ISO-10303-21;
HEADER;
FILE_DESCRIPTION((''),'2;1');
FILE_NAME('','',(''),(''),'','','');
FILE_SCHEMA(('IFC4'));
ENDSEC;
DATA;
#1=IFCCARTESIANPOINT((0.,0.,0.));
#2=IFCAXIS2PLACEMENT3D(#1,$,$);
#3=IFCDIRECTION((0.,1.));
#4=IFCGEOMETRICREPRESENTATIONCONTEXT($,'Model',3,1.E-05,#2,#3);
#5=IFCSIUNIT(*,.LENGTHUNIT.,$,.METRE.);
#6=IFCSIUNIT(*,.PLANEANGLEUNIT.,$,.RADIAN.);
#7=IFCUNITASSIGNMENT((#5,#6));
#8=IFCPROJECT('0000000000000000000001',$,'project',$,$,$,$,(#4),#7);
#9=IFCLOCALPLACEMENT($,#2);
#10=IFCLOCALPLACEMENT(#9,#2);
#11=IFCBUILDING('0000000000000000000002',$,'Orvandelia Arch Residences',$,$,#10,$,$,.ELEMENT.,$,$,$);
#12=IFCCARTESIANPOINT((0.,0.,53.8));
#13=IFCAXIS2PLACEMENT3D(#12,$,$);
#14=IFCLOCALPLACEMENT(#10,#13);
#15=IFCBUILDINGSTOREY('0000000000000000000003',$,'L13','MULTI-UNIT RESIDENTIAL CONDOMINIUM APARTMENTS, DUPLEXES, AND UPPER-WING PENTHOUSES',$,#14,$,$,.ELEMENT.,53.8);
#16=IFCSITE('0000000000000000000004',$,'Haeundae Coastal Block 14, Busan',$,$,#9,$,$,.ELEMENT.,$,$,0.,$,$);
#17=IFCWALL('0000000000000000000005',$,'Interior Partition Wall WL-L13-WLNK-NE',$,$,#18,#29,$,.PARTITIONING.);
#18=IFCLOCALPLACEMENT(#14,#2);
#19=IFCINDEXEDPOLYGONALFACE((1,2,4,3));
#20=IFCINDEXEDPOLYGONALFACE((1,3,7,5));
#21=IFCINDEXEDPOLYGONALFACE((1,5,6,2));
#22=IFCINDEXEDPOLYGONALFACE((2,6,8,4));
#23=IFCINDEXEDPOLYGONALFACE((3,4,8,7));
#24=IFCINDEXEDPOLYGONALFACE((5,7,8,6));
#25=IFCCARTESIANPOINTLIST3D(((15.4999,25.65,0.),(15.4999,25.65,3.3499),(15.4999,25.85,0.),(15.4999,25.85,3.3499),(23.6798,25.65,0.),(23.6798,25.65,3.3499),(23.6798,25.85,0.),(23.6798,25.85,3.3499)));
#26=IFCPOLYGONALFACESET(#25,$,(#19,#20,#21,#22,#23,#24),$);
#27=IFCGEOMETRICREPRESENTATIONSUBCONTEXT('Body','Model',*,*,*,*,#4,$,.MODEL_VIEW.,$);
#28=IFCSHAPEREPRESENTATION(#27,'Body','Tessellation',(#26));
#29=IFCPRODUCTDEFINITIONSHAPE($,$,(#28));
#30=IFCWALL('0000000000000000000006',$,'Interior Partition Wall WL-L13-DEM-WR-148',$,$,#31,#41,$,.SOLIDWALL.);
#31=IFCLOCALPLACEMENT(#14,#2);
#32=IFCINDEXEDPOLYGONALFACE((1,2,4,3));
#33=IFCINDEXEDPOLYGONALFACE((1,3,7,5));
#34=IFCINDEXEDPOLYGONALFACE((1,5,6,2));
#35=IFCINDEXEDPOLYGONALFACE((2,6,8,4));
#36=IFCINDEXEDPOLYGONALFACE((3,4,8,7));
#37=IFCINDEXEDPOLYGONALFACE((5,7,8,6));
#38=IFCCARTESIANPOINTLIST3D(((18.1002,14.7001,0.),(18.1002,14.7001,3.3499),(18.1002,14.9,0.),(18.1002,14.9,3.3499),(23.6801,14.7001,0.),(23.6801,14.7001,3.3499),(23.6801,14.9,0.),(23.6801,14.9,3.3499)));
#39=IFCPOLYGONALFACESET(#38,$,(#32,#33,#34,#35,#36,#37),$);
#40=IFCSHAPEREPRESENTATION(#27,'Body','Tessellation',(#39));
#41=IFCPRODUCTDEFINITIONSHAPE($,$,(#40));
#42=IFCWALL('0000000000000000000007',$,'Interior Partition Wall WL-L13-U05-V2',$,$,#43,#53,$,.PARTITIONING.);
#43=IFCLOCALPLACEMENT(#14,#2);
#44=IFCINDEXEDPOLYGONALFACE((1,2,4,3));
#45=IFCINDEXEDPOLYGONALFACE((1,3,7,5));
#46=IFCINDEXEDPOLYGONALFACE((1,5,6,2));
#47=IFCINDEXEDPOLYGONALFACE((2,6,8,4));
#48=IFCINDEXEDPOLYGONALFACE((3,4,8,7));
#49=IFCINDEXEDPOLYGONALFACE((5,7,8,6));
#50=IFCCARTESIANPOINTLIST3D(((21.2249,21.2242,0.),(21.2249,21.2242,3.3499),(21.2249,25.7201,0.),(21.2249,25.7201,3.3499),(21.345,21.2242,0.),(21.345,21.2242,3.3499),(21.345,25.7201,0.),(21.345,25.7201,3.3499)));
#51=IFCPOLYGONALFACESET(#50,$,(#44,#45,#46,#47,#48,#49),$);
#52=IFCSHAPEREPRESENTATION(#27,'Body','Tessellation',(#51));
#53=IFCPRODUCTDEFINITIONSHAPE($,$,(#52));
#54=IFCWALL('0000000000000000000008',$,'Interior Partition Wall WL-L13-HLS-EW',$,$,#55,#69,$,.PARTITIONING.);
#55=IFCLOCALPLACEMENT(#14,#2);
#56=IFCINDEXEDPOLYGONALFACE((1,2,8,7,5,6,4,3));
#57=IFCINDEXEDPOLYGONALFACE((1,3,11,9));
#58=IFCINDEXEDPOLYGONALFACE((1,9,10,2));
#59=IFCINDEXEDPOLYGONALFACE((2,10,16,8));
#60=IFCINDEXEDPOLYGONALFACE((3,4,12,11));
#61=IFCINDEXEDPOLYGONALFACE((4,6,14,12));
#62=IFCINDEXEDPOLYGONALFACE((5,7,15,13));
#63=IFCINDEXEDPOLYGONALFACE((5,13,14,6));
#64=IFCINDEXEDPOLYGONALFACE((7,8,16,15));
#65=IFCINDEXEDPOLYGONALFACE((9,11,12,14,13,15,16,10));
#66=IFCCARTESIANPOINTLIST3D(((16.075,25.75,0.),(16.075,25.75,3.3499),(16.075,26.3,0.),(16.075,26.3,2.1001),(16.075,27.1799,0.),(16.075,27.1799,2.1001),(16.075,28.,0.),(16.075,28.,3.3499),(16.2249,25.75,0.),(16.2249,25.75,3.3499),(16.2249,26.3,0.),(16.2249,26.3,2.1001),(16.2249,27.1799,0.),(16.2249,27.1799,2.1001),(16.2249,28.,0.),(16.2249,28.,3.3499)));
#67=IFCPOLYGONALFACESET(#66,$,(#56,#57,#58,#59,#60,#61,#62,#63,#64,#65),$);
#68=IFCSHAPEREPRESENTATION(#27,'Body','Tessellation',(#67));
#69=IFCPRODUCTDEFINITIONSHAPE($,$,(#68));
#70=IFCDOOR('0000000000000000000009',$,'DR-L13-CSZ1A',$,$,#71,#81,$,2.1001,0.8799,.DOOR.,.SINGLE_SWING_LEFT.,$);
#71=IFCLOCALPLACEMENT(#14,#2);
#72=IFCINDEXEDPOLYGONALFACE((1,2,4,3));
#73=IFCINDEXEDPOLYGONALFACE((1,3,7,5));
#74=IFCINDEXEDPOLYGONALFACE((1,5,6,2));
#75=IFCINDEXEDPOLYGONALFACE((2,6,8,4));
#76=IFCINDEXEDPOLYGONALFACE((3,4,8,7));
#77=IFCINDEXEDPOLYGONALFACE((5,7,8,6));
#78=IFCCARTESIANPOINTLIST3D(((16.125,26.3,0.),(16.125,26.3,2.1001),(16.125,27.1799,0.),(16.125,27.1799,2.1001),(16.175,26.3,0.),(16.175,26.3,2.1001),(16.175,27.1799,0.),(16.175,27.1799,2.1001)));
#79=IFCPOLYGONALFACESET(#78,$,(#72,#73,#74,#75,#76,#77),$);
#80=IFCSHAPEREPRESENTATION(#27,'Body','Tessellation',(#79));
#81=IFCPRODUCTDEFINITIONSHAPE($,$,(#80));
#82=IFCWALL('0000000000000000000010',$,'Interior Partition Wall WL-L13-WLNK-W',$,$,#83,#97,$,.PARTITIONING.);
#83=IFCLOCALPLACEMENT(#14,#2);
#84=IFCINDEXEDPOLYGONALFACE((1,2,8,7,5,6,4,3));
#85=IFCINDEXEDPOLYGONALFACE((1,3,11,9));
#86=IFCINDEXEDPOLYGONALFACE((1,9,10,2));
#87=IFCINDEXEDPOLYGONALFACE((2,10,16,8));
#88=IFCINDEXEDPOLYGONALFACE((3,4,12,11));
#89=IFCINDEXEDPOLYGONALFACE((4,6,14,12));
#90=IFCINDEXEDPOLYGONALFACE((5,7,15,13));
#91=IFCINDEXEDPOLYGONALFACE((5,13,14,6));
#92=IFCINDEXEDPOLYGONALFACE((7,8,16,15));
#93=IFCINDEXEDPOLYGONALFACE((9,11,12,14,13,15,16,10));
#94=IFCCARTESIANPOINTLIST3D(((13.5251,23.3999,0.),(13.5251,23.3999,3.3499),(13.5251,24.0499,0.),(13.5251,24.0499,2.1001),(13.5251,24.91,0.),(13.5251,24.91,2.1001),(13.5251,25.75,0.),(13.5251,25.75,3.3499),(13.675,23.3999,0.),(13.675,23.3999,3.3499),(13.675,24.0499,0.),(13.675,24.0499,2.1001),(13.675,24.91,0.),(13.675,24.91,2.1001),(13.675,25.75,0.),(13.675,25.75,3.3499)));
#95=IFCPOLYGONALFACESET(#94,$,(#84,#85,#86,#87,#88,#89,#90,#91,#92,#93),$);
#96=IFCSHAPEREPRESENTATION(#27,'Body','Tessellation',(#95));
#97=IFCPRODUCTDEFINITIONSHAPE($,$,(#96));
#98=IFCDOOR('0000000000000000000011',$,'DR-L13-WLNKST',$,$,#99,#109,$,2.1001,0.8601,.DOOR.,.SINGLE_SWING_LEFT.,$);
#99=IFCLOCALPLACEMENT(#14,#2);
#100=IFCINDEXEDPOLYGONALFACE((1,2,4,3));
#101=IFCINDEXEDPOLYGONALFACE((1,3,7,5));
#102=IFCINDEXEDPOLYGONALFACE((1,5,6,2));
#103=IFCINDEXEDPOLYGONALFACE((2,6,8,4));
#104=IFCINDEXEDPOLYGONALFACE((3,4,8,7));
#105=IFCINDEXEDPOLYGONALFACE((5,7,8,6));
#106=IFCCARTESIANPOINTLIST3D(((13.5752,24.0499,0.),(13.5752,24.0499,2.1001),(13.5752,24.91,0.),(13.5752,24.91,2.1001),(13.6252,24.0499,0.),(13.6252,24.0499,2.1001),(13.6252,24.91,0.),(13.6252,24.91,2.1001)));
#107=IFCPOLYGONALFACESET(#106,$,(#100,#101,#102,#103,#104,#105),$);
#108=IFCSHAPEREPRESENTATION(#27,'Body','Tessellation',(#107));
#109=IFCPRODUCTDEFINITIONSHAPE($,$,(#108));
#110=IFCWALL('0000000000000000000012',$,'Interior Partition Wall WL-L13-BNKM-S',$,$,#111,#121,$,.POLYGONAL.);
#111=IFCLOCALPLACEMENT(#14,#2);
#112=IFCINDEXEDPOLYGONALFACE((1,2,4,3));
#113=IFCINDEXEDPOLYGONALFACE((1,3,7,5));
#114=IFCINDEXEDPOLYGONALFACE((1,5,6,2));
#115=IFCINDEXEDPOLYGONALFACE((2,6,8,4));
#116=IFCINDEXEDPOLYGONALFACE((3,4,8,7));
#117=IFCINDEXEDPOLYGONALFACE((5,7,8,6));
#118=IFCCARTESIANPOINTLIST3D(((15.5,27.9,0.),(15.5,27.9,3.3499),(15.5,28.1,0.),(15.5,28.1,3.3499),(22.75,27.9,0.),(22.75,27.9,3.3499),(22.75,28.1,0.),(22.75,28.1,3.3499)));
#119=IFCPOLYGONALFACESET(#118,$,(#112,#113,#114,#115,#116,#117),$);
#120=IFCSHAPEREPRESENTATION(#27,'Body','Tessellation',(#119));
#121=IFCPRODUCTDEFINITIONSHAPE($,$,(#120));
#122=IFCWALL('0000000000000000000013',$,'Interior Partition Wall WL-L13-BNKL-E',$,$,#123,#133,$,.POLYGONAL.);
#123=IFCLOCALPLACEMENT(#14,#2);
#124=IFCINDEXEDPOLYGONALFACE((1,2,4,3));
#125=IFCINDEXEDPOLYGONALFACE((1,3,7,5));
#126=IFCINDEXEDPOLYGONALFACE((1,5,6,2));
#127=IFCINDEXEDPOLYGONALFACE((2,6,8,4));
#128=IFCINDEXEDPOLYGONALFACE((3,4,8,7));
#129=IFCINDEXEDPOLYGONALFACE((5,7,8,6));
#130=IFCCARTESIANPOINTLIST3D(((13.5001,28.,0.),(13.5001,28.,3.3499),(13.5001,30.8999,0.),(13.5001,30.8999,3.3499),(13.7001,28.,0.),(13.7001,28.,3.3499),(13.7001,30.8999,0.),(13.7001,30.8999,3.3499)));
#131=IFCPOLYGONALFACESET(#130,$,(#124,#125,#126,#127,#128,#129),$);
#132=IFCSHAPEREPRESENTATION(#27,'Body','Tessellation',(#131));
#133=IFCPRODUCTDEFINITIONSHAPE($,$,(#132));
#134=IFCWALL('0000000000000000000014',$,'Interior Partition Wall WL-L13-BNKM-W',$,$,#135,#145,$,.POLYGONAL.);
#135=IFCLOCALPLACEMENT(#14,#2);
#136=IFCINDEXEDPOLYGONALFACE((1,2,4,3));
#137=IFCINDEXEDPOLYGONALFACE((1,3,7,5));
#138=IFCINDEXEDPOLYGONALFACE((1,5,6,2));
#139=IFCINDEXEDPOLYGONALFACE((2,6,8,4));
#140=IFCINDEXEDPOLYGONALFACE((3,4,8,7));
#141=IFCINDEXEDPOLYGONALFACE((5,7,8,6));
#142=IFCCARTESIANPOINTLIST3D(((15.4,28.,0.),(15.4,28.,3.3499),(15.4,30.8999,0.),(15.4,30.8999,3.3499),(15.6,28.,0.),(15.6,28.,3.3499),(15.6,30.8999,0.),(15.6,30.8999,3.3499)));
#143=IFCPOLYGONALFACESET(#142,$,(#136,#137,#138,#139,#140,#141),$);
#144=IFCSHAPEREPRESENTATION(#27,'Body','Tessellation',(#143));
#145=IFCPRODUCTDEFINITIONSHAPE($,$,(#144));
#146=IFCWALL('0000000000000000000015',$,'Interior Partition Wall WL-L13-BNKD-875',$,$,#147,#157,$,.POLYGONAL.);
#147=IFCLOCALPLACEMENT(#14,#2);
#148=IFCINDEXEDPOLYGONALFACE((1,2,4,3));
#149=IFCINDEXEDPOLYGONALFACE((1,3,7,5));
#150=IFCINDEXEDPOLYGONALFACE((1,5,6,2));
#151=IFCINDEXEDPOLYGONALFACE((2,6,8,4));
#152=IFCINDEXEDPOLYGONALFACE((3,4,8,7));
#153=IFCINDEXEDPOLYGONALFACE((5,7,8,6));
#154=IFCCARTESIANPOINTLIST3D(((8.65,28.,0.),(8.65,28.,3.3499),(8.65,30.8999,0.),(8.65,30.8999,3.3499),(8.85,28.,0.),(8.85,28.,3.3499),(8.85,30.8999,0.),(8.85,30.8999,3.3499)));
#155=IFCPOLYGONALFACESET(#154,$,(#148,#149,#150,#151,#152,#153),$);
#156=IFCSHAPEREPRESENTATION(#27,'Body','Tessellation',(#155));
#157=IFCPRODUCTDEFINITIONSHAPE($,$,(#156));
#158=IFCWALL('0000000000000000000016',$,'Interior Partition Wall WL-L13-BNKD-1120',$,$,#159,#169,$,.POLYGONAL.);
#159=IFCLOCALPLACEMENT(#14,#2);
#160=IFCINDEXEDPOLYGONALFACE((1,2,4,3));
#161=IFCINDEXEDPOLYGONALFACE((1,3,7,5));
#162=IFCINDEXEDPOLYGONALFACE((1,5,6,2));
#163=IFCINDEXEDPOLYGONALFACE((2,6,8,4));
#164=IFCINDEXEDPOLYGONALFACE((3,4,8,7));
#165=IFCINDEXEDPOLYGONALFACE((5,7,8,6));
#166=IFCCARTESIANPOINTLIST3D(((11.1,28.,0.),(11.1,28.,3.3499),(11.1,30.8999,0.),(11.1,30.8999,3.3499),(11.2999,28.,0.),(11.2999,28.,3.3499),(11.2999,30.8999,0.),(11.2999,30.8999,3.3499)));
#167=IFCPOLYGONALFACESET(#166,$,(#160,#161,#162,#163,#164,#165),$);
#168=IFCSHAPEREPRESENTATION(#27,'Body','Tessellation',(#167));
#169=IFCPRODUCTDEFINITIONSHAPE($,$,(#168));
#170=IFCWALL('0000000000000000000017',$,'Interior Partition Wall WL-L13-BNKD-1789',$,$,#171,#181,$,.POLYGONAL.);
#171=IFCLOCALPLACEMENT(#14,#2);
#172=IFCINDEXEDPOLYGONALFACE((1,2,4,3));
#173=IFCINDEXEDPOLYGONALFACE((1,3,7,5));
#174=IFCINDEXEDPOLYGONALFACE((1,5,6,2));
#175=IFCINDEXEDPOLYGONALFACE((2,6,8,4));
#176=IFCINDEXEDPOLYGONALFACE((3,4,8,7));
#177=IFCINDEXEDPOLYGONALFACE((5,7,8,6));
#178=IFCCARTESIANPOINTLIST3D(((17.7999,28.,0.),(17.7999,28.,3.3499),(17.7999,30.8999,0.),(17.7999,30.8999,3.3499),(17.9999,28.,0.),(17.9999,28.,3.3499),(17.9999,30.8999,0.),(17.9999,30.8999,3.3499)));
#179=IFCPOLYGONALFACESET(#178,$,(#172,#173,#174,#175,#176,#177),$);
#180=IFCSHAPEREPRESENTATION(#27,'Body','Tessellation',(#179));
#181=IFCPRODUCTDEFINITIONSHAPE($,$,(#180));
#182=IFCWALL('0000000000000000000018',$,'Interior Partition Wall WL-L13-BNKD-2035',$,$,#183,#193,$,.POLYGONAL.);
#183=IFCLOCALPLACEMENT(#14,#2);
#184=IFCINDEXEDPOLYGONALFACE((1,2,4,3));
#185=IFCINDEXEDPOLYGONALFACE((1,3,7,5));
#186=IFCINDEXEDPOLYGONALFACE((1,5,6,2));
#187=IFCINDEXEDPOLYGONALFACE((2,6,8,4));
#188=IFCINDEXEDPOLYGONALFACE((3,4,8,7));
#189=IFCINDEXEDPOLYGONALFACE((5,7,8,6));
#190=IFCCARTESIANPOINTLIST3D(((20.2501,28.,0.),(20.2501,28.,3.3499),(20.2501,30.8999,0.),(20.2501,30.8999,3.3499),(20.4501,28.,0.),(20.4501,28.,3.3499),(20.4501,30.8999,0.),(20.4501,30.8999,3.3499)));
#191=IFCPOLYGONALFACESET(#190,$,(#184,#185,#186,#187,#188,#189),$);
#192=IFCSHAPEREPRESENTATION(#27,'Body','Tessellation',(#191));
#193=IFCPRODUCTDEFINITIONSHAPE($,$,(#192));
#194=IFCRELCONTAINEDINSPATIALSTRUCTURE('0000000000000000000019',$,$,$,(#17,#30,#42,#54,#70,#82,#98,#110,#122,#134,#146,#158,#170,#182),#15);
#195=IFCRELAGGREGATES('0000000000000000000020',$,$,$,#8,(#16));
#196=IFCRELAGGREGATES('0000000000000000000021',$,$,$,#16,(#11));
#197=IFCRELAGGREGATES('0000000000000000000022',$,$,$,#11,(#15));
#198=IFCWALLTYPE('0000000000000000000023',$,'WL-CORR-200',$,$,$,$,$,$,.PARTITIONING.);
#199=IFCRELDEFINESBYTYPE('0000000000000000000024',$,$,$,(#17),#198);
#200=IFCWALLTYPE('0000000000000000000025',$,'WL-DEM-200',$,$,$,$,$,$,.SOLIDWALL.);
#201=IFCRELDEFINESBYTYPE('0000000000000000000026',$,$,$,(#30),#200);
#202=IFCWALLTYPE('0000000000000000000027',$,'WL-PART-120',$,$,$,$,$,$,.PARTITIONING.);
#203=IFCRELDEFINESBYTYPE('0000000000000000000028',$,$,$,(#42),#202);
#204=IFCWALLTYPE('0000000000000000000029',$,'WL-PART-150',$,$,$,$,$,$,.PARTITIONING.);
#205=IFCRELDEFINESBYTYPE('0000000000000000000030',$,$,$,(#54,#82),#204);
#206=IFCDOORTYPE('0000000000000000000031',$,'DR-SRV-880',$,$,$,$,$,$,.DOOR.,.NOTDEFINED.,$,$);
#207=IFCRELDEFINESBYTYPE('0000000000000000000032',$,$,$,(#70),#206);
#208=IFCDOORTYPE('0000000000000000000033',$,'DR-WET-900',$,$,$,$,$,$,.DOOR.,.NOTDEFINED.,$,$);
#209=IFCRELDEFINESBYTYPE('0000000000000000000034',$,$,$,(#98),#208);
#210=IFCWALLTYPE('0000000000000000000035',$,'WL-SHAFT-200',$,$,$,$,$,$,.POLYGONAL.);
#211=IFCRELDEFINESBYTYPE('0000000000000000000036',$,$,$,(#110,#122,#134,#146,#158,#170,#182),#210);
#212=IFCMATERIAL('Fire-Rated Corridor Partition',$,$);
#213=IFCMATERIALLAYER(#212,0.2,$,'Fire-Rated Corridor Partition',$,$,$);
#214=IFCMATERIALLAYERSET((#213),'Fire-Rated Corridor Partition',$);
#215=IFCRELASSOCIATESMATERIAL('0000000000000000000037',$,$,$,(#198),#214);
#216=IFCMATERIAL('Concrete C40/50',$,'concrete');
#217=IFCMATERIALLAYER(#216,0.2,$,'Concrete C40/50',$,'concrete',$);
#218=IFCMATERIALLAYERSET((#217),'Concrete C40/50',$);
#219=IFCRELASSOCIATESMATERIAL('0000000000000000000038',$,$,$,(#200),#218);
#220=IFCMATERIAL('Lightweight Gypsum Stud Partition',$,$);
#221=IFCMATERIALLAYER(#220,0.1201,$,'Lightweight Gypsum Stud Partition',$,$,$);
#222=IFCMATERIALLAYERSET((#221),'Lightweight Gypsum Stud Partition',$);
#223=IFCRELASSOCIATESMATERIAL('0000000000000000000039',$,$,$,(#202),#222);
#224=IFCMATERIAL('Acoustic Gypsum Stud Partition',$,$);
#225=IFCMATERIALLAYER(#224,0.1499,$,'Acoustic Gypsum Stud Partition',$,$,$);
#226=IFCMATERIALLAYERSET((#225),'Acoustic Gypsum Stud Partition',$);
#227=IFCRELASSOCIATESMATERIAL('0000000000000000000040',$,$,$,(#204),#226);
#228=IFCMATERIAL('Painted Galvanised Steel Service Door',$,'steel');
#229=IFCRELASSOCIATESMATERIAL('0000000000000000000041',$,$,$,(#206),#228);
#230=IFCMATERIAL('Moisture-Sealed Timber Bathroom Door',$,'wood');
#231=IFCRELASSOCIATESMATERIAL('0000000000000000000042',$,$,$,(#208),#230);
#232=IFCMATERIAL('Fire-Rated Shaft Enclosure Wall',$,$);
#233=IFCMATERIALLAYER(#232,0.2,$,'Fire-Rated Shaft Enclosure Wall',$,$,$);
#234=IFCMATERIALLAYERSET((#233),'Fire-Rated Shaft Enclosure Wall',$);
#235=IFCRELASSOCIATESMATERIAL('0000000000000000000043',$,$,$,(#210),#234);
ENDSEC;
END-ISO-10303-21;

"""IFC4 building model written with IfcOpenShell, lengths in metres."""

from ifc_helpers import new_model, si_unit, direction, frame, frame_2d, origin, place, context, subcontext, project, spatial, rectangle, extrude, material, layer, layer_set, type_object, element, fill, save


model = new_model("IFC4")

# Units and contexts
model_context = context("Model", 3, precision=1e-05, world=origin(), true_north=direction((0.0, 1.0)))
body_context = subcontext(model_context, "Body", "Model", "MODEL_VIEW")
ifc_project = project(units=[si_unit("LENGTHUNIT", "METRE"), si_unit("PLANEANGLEUNIT", "RADIAN")], contexts=[model_context])

# Site, building, storey
site_placement = place(None, origin())
site = spatial("IfcSite", under=ifc_project, at=site_placement, Name="Haeundae Coastal Block 14, Busan", CompositionType="ELEMENT", RefElevation=0.0)
building_placement = place(site_placement, origin())
building = spatial("IfcBuilding", under=site, at=building_placement, Name="Orvandelia Arch Residences", CompositionType="ELEMENT")
storey_placement = place(building_placement, frame((0.0, 0.0, 53.8)))
storey = spatial("IfcBuildingStorey", under=building, at=storey_placement, Name="L13", Description="MULTI-UNIT RESIDENTIAL CONDOMINIUM APARTMENTS, DUPLEXES, AND UPPER-WING PENTHOUSES", CompositionType="ELEMENT", Elevation=53.8)

# Walls
ifc_material_1 = material(Name="Fire-Rated Corridor Partition")
ifc_layer_1 = layer(ifc_material_1, 0.2, Name="Fire-Rated Corridor Partition")
ifc_layer_set_1 = layer_set([ifc_layer_1], Name="Fire-Rated Corridor Partition")
wall_type_1 = type_object("IfcWallType", Name="WL-CORR-200", PredefinedType="PARTITIONING", material=ifc_layer_set_1)
wall_1_placement = place(storey_placement, frame((15.5, 25.75, 0.0), z_axis=(0.0, 0.0, 1.0), x_axis=(1.0, 0.0, 0.0)))
element("IfcWall", 1, at=wall_1_placement, inside=storey, type_object=wall_type_1, Name="Interior Partition Wall WL-L13-WLNK-NE", PredefinedType="PARTITIONING", context=body_context, shape_type="SweptSolid", body=[
    extrude(rectangle(XDim=8.1799, YDim=0.2, at=frame_2d((4.0898, 0.0))), origin(), (0.0, 0.0, 1.0), 3.3499),
])
ifc_material_2 = material(Name="Concrete C40/50", Category="concrete")
ifc_layer_2 = layer(ifc_material_2, 0.2, Name="Concrete C40/50", Category="concrete")
ifc_layer_set_2 = layer_set([ifc_layer_2], Name="Concrete C40/50")
wall_type_2 = type_object("IfcWallType", Name="WL-DEM-200", PredefinedType="SOLIDWALL", material=ifc_layer_set_2)
wall_2_placement = place(storey_placement, frame((18.1001, 14.8, 0.0), z_axis=(0.0, 0.0, 1.0), x_axis=(1.0, 0.0, 0.0)))
element("IfcWall", 2, at=wall_2_placement, inside=storey, type_object=wall_type_2, Name="Interior Partition Wall WL-L13-DEM-WR-148", PredefinedType="SOLIDWALL", context=body_context, shape_type="SweptSolid", body=[
    extrude(rectangle(XDim=5.5798, YDim=0.2, at=frame_2d((2.79, 0.0))), origin(), (0.0, 0.0, 1.0), 3.3499),
])
ifc_material_3 = material(Name="Lightweight Gypsum Stud Partition")
ifc_layer_3 = layer(ifc_material_3, 0.1201, Name="Lightweight Gypsum Stud Partition")
ifc_layer_set_3 = layer_set([ifc_layer_3], Name="Lightweight Gypsum Stud Partition")
wall_type_3 = type_object("IfcWallType", Name="WL-PART-120", PredefinedType="PARTITIONING", material=ifc_layer_set_3)
wall_3_placement = place(storey_placement, frame((21.2849, 21.2241, 0.0), z_axis=(0.0, 0.0, 1.0), x_axis=(0.0, 1.0, 0.0)))
element("IfcWall", 3, at=wall_3_placement, inside=storey, type_object=wall_type_3, Name="Interior Partition Wall WL-L13-U05-V2", PredefinedType="PARTITIONING", context=body_context, shape_type="SweptSolid", body=[
    extrude(rectangle(XDim=4.4958, YDim=0.1201, at=frame_2d((2.248, 0.0))), origin(), (0.0, 0.0, 1.0), 3.3499),
])

# Walls, openings, doors
ifc_material_4 = material(Name="Acoustic Gypsum Stud Partition")
ifc_layer_4 = layer(ifc_material_4, 0.1499, Name="Acoustic Gypsum Stud Partition")
ifc_layer_set_4 = layer_set([ifc_layer_4], Name="Acoustic Gypsum Stud Partition")
wall_type_4 = type_object("IfcWallType", Name="WL-PART-150", PredefinedType="PARTITIONING", material=ifc_layer_set_4)
wall_4_placement = place(storey_placement, frame((16.1499, 25.75, 0.0), z_axis=(0.0, 0.0, 1.0), x_axis=(0.0, 1.0, 0.0)))
wall_4 = element("IfcWall", 4, at=wall_4_placement, inside=storey, type_object=wall_type_4, Name="Interior Partition Wall WL-L13-HLS-EW", PredefinedType="PARTITIONING", context=body_context, shape_type="SweptSolid", body=[
    extrude(rectangle(XDim=2.25, YDim=0.1499, at=frame_2d((1.125, 0.0))), origin(), (0.0, 0.0, 1.0), 3.3499),
])
opening_1_placement = place(wall_4_placement, frame((0.55, 0.0, 0.0)))
opening_1 = element("IfcOpeningElement", 5, at=opening_1_placement, cuts=wall_4, PredefinedType="OPENING", context=body_context, shape_type="SweptSolid", body=[
    extrude(rectangle(XDim=0.8799, YDim=2.1001, at=frame_2d((0.4399, 1.05))), frame((0.0, 0.085, 0.0), z_axis=(0.0, -1.0, 0.0), x_axis=(1.0, 0.0, 0.0)), (0.0, 0.0, 1.0), 0.1699),
])
ifc_material_5 = material(Name="Painted Galvanised Steel Service Door", Category="steel")
door_type_1 = type_object("IfcDoorType", Name="DR-SRV-880", OperationType="NOTDEFINED", PredefinedType="DOOR", material=ifc_material_5)
door_1_placement = place(opening_1_placement, origin())
door_1 = element("IfcDoor", 6, at=door_1_placement, inside=storey, type_object=door_type_1, Name="DR-L13-CSZ1A", OperationType="SINGLE_SWING_LEFT", OverallHeight=2.1001, OverallWidth=0.8799, PredefinedType="DOOR", context=body_context, shape_type="SweptSolid", body=[
    extrude(rectangle(XDim=0.8799, YDim=2.1001, at=frame_2d((0.4399, 1.05))), frame((0.0, 0.0249, 0.0), z_axis=(0.0, -1.0, 0.0), x_axis=(1.0, 0.0, 0.0)), (0.0, 0.0, 1.0), 0.05),
])
fill(opening_1, door_1)
wall_5_placement = place(storey_placement, frame((13.6001, 23.3999, 0.0), z_axis=(0.0, 0.0, 1.0), x_axis=(0.0, 1.0, 0.0)))
wall_5 = element("IfcWall", 7, at=wall_5_placement, inside=storey, type_object=wall_type_4, Name="Interior Partition Wall WL-L13-WLNK-W", PredefinedType="PARTITIONING", context=body_context, shape_type="SweptSolid", body=[
    extrude(rectangle(XDim=2.3501, YDim=0.1499, at=frame_2d((1.175, 0.0))), origin(), (0.0, 0.0, 1.0), 3.3499),
])
opening_2_placement = place(wall_5_placement, frame((0.6499, 0.0, 0.0)))
opening_2 = element("IfcOpeningElement", 8, at=opening_2_placement, cuts=wall_5, PredefinedType="OPENING", context=body_context, shape_type="SweptSolid", body=[
    extrude(rectangle(XDim=0.8601, YDim=2.1001, at=frame_2d((0.4302, 1.05))), frame((0.0, 0.085, 0.0), z_axis=(0.0, -1.0, 0.0), x_axis=(1.0, 0.0, 0.0)), (0.0, 0.0, 1.0), 0.1699),
])
ifc_material_6 = material(Name="Moisture-Sealed Timber Bathroom Door", Category="wood")
door_type_2 = type_object("IfcDoorType", Name="DR-WET-900", OperationType="NOTDEFINED", PredefinedType="DOOR", material=ifc_material_6)
door_2_placement = place(opening_2_placement, origin())
door_2 = element("IfcDoor", 9, at=door_2_placement, inside=storey, type_object=door_type_2, Name="DR-L13-WLNKST", OperationType="SINGLE_SWING_LEFT", OverallHeight=2.1001, OverallWidth=0.8601, PredefinedType="DOOR", context=body_context, shape_type="SweptSolid", body=[
    extrude(rectangle(XDim=0.8601, YDim=2.1001, at=frame_2d((0.4302, 1.05))), frame((0.0, 0.0249, 0.0), z_axis=(0.0, -1.0, 0.0), x_axis=(1.0, 0.0, 0.0)), (0.0, 0.0, 1.0), 0.05),
])
fill(opening_2, door_2)

# Shared definitions
ifc_material_7 = material(Name="Fire-Rated Shaft Enclosure Wall")
ifc_layer_5 = layer(ifc_material_7, 0.2, Name="Fire-Rated Shaft Enclosure Wall")
ifc_layer_set_5 = layer_set([ifc_layer_5], Name="Fire-Rated Shaft Enclosure Wall")
wall_type_5 = type_object("IfcWallType", Name="WL-SHAFT-200", PredefinedType="POLYGONAL", material=ifc_layer_set_5)

# Walls
wall_6_placement = place(storey_placement, frame((15.5, 28.0, 0.0), z_axis=(0.0, 0.0, 1.0), x_axis=(1.0, 0.0, 0.0)))
element("IfcWall", 10, at=wall_6_placement, inside=storey, type_object=wall_type_5, Name="Interior Partition Wall WL-L13-BNKM-S", PredefinedType="POLYGONAL", context=body_context, shape_type="SweptSolid", body=[
    extrude(rectangle(XDim=7.25, YDim=0.2, at=frame_2d((3.625, 0.0))), origin(), (0.0, 0.0, 1.0), 3.3499),
])
for number, where, z_axis, x_axis, name in (
    (11, (13.6001, 28.0, 0.0), (0.0, 0.0, 1.0), (0.0, 1.0, 0.0), "Interior Partition Wall WL-L13-BNKL-E"),
    (12, (15.5, 28.0, 0.0), (0.0, 0.0, 1.0), (0.0, 1.0, 0.0), "Interior Partition Wall WL-L13-BNKM-W"),
    (13, (8.75, 28.0, 0.0), (0.0, 0.0, 1.0), (0.0, 1.0, 0.0), "Interior Partition Wall WL-L13-BNKD-875"),
    (14, (11.2, 28.0, 0.0), (0.0, 0.0, 1.0), (0.0, 1.0, 0.0), "Interior Partition Wall WL-L13-BNKD-1120"),
    (15, (17.8999, 28.0, 0.0), (0.0, 0.0, 1.0), (0.0, 1.0, 0.0), "Interior Partition Wall WL-L13-BNKD-1789"),
    (16, (20.3501, 28.0, 0.0), (0.0, 0.0, 1.0), (0.0, 1.0, 0.0), "Interior Partition Wall WL-L13-BNKD-2035"),
):
    element("IfcWall", number, at=place(storey_placement, frame(where, z_axis=z_axis, x_axis=x_axis)), inside=storey, type_object=wall_type_5, Name=name, PredefinedType="POLYGONAL", context=body_context, shape_type="SweptSolid", body=[
        extrude(rectangle(XDim=2.8999, YDim=0.2, at=frame_2d((1.45, 0.0))), origin(), (0.0, 0.0, 1.0), 3.3499),
    ])

save(model, "model.ifc")
